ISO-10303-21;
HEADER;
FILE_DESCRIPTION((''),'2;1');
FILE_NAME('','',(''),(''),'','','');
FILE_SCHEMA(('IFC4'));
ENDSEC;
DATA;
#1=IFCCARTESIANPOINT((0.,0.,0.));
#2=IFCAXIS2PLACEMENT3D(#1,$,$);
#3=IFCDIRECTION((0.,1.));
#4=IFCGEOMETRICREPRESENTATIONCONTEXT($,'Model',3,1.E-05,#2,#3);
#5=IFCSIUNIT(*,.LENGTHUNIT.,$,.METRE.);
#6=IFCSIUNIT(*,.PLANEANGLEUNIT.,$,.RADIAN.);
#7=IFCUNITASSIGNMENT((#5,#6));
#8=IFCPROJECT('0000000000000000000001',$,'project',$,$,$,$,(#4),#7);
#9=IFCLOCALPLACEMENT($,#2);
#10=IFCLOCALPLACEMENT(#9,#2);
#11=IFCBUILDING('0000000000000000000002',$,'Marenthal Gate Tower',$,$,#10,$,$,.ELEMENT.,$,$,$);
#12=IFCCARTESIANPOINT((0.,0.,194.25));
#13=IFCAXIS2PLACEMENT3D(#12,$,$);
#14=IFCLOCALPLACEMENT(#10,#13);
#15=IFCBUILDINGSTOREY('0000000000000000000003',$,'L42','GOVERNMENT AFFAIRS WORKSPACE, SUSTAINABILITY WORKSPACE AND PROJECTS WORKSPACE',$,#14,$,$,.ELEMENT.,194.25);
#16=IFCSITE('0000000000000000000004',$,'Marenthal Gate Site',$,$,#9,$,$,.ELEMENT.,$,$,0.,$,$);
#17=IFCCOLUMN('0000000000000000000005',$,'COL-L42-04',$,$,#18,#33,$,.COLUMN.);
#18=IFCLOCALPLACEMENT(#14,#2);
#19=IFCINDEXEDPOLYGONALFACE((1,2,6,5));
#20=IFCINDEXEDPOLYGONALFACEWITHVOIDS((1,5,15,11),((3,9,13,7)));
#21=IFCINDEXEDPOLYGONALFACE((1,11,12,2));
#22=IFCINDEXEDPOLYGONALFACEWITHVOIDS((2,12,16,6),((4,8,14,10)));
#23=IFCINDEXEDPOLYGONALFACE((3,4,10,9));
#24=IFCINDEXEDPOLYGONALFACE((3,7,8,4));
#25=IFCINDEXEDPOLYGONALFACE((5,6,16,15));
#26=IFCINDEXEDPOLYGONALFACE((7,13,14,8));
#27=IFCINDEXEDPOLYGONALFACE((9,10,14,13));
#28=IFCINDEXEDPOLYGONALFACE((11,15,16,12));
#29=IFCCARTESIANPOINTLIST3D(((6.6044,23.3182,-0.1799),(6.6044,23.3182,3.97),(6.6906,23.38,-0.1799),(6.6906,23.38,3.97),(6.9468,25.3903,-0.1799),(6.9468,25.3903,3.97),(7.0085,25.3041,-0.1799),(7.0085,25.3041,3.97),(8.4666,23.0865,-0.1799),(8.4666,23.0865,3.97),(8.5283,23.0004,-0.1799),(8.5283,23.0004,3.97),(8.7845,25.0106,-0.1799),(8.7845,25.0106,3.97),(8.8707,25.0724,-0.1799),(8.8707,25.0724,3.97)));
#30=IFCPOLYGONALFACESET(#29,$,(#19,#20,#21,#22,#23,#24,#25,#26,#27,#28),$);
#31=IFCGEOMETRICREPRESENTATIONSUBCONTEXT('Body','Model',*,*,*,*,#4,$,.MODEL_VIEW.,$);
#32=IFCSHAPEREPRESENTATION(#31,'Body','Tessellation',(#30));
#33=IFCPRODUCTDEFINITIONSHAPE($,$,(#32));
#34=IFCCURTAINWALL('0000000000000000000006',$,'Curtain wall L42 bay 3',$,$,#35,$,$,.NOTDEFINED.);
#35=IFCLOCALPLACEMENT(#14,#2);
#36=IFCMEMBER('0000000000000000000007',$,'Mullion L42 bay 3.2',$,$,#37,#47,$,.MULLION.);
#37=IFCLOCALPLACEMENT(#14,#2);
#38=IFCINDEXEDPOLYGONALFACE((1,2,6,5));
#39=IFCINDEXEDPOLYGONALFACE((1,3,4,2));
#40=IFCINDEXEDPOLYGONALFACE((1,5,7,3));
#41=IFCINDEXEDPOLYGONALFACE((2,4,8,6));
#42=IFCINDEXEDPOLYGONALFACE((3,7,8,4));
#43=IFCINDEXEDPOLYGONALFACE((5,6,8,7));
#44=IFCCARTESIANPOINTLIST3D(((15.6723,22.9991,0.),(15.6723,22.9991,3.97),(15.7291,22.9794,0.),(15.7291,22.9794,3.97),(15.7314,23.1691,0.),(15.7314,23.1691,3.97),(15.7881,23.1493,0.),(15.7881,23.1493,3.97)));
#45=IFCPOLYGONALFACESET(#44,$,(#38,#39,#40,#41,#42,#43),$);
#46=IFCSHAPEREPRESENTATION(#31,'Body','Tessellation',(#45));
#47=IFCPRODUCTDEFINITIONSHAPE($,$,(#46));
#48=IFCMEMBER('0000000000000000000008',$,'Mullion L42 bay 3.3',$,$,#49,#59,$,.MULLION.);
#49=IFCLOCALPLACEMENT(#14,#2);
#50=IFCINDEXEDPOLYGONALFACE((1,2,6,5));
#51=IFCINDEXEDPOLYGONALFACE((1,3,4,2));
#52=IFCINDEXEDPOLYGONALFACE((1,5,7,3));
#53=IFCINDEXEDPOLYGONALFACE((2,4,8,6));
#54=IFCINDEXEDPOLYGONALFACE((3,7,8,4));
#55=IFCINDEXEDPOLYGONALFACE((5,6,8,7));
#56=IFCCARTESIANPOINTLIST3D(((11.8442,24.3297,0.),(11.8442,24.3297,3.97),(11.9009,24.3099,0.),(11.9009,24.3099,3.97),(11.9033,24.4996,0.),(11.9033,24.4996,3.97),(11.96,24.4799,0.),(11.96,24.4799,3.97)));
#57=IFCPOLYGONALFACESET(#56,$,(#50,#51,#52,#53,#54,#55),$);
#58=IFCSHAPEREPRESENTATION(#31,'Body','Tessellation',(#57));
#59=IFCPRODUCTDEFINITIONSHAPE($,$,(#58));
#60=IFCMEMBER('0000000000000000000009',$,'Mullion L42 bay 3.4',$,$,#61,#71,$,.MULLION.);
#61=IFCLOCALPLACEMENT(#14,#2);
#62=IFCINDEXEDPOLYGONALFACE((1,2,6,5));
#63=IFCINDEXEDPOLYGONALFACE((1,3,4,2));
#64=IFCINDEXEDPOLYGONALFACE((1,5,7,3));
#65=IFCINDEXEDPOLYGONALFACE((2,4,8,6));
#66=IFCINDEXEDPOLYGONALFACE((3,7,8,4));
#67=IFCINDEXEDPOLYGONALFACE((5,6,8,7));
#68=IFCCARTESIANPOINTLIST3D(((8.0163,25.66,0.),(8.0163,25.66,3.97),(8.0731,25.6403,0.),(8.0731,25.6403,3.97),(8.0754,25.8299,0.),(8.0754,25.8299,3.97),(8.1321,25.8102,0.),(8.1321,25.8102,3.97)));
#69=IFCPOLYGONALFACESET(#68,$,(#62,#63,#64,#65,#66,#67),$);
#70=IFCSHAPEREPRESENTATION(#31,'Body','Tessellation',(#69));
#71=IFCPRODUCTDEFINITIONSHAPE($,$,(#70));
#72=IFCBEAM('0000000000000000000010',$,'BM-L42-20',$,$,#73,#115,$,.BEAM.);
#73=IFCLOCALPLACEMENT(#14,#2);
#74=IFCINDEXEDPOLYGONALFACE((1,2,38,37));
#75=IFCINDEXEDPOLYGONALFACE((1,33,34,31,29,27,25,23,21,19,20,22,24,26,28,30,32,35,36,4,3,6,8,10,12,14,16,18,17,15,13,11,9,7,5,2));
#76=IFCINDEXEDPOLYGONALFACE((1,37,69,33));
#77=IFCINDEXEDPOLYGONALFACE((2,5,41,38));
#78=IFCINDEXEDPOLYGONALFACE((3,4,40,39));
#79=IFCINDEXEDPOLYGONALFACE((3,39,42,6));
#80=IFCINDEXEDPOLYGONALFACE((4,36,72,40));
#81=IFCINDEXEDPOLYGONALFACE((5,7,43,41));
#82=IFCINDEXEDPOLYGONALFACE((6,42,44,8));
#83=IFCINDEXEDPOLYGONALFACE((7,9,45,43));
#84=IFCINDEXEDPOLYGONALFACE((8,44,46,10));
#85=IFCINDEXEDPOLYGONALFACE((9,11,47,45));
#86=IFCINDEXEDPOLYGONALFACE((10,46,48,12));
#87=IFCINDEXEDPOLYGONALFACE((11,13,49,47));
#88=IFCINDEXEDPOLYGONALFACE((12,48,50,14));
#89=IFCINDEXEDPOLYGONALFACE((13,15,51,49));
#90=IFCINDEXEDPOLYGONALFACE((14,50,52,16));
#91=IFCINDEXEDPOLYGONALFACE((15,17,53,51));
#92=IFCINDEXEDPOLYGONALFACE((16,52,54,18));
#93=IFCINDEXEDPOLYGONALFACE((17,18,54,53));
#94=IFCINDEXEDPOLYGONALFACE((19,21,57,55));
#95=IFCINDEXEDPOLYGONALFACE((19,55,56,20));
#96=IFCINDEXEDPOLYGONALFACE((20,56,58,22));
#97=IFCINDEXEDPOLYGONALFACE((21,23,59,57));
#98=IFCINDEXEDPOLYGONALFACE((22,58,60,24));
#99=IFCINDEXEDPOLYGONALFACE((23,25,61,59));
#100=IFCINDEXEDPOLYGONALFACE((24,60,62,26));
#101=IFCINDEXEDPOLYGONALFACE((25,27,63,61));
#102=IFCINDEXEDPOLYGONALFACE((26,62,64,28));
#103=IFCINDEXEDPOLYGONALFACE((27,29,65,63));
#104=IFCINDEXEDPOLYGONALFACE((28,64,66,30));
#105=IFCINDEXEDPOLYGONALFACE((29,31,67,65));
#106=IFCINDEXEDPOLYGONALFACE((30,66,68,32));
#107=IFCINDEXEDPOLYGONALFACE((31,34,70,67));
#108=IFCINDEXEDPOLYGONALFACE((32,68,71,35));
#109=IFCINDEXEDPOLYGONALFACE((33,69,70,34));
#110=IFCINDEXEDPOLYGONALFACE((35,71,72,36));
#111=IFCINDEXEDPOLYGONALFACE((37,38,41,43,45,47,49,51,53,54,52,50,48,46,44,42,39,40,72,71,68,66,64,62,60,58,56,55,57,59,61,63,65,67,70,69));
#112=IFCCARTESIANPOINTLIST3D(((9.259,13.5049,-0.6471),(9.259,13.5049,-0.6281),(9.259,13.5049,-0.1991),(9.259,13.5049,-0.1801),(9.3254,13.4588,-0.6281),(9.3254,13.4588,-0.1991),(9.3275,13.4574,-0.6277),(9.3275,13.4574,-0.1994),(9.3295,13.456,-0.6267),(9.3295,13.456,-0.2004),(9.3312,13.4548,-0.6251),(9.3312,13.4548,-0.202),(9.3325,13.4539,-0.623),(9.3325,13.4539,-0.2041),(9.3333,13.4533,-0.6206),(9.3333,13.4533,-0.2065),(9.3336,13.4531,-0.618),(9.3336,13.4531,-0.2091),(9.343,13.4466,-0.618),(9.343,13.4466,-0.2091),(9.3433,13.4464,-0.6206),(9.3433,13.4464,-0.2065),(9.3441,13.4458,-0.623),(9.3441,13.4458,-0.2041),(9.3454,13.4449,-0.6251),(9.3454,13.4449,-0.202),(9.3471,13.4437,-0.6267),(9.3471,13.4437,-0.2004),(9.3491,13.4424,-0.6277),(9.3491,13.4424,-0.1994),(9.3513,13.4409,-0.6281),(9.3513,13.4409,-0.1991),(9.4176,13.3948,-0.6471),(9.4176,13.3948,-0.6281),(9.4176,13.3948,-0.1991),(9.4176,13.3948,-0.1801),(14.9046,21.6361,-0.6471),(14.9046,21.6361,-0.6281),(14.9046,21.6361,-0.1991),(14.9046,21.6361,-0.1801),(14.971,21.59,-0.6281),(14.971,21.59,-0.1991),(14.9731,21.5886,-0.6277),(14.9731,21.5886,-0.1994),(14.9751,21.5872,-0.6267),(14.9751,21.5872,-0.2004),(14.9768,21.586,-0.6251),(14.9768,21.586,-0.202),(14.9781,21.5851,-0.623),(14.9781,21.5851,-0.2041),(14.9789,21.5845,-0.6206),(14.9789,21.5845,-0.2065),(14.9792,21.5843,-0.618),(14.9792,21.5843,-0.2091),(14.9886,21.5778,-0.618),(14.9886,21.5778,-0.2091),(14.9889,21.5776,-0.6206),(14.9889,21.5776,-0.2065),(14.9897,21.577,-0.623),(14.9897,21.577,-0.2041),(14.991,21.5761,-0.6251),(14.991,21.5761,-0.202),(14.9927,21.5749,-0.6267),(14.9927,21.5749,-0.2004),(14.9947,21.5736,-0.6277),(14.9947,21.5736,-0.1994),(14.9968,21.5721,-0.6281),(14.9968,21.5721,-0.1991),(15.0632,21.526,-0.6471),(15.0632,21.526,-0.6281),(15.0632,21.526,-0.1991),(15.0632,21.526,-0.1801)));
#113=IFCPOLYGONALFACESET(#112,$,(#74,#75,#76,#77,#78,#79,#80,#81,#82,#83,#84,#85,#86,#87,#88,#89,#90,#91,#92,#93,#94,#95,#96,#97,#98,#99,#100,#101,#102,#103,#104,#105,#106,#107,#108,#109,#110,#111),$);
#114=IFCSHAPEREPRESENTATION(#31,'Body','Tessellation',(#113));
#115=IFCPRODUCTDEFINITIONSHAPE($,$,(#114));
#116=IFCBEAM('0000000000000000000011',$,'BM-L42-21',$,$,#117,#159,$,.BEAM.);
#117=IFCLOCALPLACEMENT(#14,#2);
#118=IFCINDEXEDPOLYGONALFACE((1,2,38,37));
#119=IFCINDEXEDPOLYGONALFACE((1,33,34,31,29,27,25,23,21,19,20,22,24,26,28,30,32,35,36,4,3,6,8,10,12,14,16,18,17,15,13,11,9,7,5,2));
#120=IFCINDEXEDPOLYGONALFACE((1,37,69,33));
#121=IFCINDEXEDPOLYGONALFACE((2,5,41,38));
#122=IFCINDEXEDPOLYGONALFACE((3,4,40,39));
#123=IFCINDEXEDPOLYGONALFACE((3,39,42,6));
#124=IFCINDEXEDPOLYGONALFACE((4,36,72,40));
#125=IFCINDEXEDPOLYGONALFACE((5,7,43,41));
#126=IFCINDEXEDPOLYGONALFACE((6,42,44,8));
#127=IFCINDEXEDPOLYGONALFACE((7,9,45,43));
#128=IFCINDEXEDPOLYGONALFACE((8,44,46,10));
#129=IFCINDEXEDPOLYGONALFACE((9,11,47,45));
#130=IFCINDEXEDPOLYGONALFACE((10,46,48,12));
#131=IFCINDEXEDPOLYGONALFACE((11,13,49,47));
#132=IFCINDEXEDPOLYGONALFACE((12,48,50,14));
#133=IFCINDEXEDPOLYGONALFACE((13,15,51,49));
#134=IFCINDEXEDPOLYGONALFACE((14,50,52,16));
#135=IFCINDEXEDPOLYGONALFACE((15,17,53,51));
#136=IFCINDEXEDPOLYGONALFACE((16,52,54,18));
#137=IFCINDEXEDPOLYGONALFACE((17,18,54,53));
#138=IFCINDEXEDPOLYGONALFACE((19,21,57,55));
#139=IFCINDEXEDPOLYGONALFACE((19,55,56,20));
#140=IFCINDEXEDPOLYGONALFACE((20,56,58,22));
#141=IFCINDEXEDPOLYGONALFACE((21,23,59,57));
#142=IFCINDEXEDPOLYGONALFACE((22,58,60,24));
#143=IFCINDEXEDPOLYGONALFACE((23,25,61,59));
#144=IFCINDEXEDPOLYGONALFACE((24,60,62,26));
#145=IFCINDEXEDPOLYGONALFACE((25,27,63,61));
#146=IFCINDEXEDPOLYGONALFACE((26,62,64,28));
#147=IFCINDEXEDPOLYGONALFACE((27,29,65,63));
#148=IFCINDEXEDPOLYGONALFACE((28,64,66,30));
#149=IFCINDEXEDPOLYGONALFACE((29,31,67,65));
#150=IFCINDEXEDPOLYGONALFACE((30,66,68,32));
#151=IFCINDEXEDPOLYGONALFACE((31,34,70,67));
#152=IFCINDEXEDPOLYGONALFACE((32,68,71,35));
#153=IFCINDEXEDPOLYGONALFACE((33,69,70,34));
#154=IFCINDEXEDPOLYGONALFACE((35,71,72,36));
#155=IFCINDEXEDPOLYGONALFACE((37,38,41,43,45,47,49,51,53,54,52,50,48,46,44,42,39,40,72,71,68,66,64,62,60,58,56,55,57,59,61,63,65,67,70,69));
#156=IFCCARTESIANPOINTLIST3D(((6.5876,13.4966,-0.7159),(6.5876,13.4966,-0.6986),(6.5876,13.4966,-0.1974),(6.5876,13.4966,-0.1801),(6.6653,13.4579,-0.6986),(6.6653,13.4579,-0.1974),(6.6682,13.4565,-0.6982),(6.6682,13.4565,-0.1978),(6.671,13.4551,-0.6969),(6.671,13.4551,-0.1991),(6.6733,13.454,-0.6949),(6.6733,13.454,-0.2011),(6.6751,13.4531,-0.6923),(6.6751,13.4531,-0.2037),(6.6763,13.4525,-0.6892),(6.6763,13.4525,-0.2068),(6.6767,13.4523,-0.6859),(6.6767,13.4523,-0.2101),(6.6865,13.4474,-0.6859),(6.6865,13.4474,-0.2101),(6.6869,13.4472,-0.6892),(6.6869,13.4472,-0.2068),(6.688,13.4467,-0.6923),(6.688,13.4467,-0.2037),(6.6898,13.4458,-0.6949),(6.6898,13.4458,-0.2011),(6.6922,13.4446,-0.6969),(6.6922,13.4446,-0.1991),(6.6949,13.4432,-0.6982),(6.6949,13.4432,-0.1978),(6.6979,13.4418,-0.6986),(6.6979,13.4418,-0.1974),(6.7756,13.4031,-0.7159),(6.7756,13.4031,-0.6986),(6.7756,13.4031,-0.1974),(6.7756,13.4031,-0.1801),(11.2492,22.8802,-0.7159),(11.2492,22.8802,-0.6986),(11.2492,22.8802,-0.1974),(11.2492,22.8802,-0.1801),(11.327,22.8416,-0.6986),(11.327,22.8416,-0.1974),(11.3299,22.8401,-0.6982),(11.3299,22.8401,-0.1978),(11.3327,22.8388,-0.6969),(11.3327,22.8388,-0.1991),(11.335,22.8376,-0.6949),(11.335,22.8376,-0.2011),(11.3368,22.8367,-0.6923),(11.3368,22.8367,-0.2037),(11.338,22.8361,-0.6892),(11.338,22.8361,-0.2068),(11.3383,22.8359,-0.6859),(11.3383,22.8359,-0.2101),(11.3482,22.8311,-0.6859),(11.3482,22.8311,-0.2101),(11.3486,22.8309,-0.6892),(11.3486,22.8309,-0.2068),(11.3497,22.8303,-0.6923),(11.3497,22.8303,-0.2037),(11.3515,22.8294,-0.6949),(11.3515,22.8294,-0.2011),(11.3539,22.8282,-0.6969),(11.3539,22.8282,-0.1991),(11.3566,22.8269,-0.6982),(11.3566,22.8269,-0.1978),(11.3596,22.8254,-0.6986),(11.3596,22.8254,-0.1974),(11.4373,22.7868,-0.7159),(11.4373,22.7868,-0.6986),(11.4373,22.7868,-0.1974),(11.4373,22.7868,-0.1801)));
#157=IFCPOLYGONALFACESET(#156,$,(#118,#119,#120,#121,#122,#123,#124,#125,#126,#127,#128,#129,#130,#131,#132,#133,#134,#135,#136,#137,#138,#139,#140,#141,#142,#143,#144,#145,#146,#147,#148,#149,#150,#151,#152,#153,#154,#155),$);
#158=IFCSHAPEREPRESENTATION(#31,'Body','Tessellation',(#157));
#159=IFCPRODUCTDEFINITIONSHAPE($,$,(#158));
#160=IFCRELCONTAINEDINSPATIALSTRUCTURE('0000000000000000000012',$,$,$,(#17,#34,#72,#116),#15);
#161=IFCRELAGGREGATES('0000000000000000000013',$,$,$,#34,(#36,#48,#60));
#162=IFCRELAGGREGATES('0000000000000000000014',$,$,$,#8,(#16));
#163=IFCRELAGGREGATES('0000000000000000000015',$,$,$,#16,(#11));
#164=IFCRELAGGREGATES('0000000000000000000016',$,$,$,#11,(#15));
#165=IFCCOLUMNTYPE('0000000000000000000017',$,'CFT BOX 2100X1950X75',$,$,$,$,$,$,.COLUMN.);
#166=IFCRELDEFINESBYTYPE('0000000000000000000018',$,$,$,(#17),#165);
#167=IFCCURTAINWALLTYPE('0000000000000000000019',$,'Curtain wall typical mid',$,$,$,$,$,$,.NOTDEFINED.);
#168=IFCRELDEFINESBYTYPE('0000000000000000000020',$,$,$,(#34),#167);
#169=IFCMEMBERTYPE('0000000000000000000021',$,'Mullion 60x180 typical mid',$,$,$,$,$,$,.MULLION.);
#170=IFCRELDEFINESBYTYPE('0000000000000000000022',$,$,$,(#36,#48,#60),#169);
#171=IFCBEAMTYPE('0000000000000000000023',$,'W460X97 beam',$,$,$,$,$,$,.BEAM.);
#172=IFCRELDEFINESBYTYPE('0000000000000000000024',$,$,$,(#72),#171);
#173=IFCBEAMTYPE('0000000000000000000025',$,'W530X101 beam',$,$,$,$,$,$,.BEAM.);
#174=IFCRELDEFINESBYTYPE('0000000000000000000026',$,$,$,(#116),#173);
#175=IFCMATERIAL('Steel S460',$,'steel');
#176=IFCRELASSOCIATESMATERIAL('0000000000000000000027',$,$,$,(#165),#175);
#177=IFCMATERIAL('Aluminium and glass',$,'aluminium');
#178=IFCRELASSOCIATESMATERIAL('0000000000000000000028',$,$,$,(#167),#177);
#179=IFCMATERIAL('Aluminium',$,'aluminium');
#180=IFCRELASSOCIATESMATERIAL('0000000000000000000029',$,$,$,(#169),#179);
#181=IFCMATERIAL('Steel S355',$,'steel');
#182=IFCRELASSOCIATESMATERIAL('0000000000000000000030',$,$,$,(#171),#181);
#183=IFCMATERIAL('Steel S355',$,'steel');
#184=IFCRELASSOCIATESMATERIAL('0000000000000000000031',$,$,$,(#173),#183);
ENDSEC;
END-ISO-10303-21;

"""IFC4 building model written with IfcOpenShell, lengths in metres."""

from ifc_helpers import new_model, si_unit, direction, frame, origin, origin_2d, place, context, subcontext, project, spatial, rectangle, hollow_rectangle, i_section, extrude, material, material_profile, profile_set, type_object, element, aggregate, save


model = new_model("IFC4")

# Units and contexts
model_context = context("Model", 3, precision=1e-05, world=origin(), true_north=direction((0.0, 1.0)))
body_context = subcontext(model_context, "Body", "Model", "MODEL_VIEW")
ifc_project = project(units=[si_unit("LENGTHUNIT", "METRE"), si_unit("PLANEANGLEUNIT", "RADIAN")], contexts=[model_context])

# Site, building, storey
site_placement = place(None, origin())
site = spatial("IfcSite", under=ifc_project, at=site_placement, Name="Marenthal Gate Site", CompositionType="ELEMENT", RefElevation=0.0)
building_placement = place(site_placement, origin())
building = spatial("IfcBuilding", under=site, at=building_placement, Name="Marenthal Gate Tower", CompositionType="ELEMENT")
storey_placement = place(building_placement, frame((0.0, 0.0, 194.25)))
storey = spatial("IfcBuildingStorey", under=building, at=storey_placement, Name="L42", Description="GOVERNMENT AFFAIRS WORKSPACE, SUSTAINABILITY WORKSPACE AND PROJECTS WORKSPACE", CompositionType="ELEMENT", Elevation=194.25)

# Column
ifc_material_1 = material(Name="Steel S460", Category="steel")
ifc_material_profile_1 = material_profile(ifc_material_1, hollow_rectangle(XDim=1.95, YDim=2.1001, WallThickness=0.075, at=origin_2d()), Name="CFT BOX 2100X1950X75")
ifc_material_2 = material(Name="Concrete 70 MPa", Category="concrete")
ifc_material_profile_2 = material_profile(ifc_material_2, rectangle(XDim=1.8, YDim=1.95, at=origin_2d()), Name="CFT BOX 2100X1950X75 INFILL")
ifc_profile_set_1 = profile_set([ifc_material_profile_1, ifc_material_profile_2], Name="Steel S460 shell, Concrete 70 MPa infill")
column_type = type_object("IfcColumnType", Name="CFT BOX 2100X1950X75", PredefinedType="COLUMN", material=ifc_profile_set_1)
column_placement = place(storey_placement, frame((7.7375, 24.1953, -0.1799), z_axis=(0.0, 0.0, 1.0), x_axis=(0.986623, -0.163018, 0.0)))
element("IfcColumn", 1, at=column_placement, inside=storey, type_object=column_type, Name="COL-L42-04", PredefinedType="COLUMN", context=body_context, shape_type="SweptSolid", body=[
    extrude(hollow_rectangle(XDim=1.95, YDim=2.1001, WallThickness=0.075, at=origin_2d()), origin(), (0.0, 0.0, 1.0), 4.1499),
])

# Curtain wall, members
ifc_material_3 = material(Name="Aluminium and glass", Category="aluminium")
curtain_wall_type = type_object("IfcCurtainWallType", Name="Curtain wall typical mid", PredefinedType="NOTDEFINED", material=ifc_material_3)
curtain_wall_placement = place(storey_placement, origin())
curtain_wall = element("IfcCurtainWall", 2, at=curtain_wall_placement, inside=storey, type_object=curtain_wall_type, Name="Curtain wall L42 bay 3", PredefinedType="NOTDEFINED")
ifc_material_4 = material(Name="Aluminium", Category="aluminium")
ifc_material_profile_3 = material_profile(ifc_material_4, rectangle(XDim=0.1799, YDim=0.0601, at=origin_2d()), Name="60x180 aluminium mullion")
ifc_profile_set_2 = profile_set([ifc_material_profile_3], Name="Aluminium")
member_type = type_object("IfcMemberType", Name="Mullion 60x180 typical mid", PredefinedType="MULLION", material=ifc_profile_set_2)
member_1_placement = place(storey_placement, frame((15.7302, 23.0742, 0.0), z_axis=(0.0, 0.0, 1.0), x_axis=(-0.328273, -0.944583, 0.0)))
member_1 = element("IfcMember", 3, at=member_1_placement, type_object=member_type, Name="Mullion L42 bay 3.2", PredefinedType="MULLION", context=body_context, shape_type="SweptSolid", body=[
    extrude(rectangle(XDim=0.1799, YDim=0.0601, at=origin_2d()), origin(), (0.0, 0.0, 1.0), 3.97),
])
member_2_placement = place(storey_placement, frame((11.9021, 24.4048, 0.0), z_axis=(0.0, 0.0, 1.0), x_axis=(-0.328273, -0.944583, 0.0)))
member_2 = element("IfcMember", 4, at=member_2_placement, type_object=member_type, Name="Mullion L42 bay 3.3", PredefinedType="MULLION", context=body_context, shape_type="SweptSolid", body=[
    extrude(rectangle(XDim=0.1799, YDim=0.0601, at=origin_2d()), origin(), (0.0, 0.0, 1.0), 3.97),
])
member_3_placement = place(storey_placement, frame((8.0742, 25.7351, 0.0), z_axis=(0.0, 0.0, 1.0), x_axis=(-0.328273, -0.944583, 0.0)))
member_3 = element("IfcMember", 5, at=member_3_placement, type_object=member_type, Name="Mullion L42 bay 3.4", PredefinedType="MULLION", context=body_context, shape_type="SweptSolid", body=[
    extrude(rectangle(XDim=0.1799, YDim=0.0601, at=origin_2d()), origin(), (0.0, 0.0, 1.0), 3.97),
])

# Beams
ifc_material_5 = material(Name="Steel S355", Category="steel")
ifc_material_profile_4 = material_profile(ifc_material_5, i_section(OverallWidth=0.1931, OverallDepth=0.467, WebThickness=0.0115, FlangeThickness=0.019, FilletRadius=0.01, at=origin_2d()), Name="W460X97")
ifc_profile_set_3 = profile_set([ifc_material_profile_4], Name="Steel S355")
beam_type_1 = type_object("IfcBeamType", Name="W460X97 beam", PredefinedType="BEAM", material=ifc_profile_set_3)
beam_1_placement = place(storey_placement, frame((14.9839, 21.5811, -0.4136), z_axis=(-0.570321, -0.821422, 0.0), x_axis=(0.821422, -0.570321, 0.0)))
element("IfcBeam", 6, at=beam_1_placement, inside=storey, type_object=beam_type_1, Name="BM-L42-20", PredefinedType="BEAM", context=body_context, shape_type="SweptSolid", body=[
    extrude(i_section(OverallWidth=0.1931, OverallDepth=0.467, WebThickness=0.0115, FlangeThickness=0.019, FilletRadius=0.01, at=origin_2d()), origin(), (0.0, 0.0, 1.0), 9.8989),
])
ifc_material_6 = material(Name="Steel S355", Category="steel")
ifc_material_profile_5 = material_profile(ifc_material_6, i_section(OverallWidth=0.21, OverallDepth=0.5359, WebThickness=0.011, FlangeThickness=0.0173, FilletRadius=0.0127, at=origin_2d()), Name="W530X101")
ifc_profile_set_4 = profile_set([ifc_material_profile_5], Name="Steel S355")
beam_type_2 = type_object("IfcBeamType", Name="W530X101 beam", PredefinedType="BEAM", material=ifc_profile_set_4)
beam_2_placement = place(storey_placement, frame((11.3433, 22.8335, -0.448), z_axis=(-0.44491, -0.895575, 0.0), x_axis=(0.895575, -0.44491, 0.0)))
element("IfcBeam", 7, at=beam_2_placement, inside=storey, type_object=beam_type_2, Name="BM-L42-21", PredefinedType="BEAM", context=body_context, shape_type="SweptSolid", body=[
    extrude(i_section(OverallWidth=0.21, OverallDepth=0.5359, WebThickness=0.011, FlangeThickness=0.0173, FilletRadius=0.0127, at=origin_2d()), origin(), (0.0, 0.0, 1.0), 10.4778),
])

aggregate(curtain_wall, [member_1, member_2, member_3])

save(model, "model.ifc")
